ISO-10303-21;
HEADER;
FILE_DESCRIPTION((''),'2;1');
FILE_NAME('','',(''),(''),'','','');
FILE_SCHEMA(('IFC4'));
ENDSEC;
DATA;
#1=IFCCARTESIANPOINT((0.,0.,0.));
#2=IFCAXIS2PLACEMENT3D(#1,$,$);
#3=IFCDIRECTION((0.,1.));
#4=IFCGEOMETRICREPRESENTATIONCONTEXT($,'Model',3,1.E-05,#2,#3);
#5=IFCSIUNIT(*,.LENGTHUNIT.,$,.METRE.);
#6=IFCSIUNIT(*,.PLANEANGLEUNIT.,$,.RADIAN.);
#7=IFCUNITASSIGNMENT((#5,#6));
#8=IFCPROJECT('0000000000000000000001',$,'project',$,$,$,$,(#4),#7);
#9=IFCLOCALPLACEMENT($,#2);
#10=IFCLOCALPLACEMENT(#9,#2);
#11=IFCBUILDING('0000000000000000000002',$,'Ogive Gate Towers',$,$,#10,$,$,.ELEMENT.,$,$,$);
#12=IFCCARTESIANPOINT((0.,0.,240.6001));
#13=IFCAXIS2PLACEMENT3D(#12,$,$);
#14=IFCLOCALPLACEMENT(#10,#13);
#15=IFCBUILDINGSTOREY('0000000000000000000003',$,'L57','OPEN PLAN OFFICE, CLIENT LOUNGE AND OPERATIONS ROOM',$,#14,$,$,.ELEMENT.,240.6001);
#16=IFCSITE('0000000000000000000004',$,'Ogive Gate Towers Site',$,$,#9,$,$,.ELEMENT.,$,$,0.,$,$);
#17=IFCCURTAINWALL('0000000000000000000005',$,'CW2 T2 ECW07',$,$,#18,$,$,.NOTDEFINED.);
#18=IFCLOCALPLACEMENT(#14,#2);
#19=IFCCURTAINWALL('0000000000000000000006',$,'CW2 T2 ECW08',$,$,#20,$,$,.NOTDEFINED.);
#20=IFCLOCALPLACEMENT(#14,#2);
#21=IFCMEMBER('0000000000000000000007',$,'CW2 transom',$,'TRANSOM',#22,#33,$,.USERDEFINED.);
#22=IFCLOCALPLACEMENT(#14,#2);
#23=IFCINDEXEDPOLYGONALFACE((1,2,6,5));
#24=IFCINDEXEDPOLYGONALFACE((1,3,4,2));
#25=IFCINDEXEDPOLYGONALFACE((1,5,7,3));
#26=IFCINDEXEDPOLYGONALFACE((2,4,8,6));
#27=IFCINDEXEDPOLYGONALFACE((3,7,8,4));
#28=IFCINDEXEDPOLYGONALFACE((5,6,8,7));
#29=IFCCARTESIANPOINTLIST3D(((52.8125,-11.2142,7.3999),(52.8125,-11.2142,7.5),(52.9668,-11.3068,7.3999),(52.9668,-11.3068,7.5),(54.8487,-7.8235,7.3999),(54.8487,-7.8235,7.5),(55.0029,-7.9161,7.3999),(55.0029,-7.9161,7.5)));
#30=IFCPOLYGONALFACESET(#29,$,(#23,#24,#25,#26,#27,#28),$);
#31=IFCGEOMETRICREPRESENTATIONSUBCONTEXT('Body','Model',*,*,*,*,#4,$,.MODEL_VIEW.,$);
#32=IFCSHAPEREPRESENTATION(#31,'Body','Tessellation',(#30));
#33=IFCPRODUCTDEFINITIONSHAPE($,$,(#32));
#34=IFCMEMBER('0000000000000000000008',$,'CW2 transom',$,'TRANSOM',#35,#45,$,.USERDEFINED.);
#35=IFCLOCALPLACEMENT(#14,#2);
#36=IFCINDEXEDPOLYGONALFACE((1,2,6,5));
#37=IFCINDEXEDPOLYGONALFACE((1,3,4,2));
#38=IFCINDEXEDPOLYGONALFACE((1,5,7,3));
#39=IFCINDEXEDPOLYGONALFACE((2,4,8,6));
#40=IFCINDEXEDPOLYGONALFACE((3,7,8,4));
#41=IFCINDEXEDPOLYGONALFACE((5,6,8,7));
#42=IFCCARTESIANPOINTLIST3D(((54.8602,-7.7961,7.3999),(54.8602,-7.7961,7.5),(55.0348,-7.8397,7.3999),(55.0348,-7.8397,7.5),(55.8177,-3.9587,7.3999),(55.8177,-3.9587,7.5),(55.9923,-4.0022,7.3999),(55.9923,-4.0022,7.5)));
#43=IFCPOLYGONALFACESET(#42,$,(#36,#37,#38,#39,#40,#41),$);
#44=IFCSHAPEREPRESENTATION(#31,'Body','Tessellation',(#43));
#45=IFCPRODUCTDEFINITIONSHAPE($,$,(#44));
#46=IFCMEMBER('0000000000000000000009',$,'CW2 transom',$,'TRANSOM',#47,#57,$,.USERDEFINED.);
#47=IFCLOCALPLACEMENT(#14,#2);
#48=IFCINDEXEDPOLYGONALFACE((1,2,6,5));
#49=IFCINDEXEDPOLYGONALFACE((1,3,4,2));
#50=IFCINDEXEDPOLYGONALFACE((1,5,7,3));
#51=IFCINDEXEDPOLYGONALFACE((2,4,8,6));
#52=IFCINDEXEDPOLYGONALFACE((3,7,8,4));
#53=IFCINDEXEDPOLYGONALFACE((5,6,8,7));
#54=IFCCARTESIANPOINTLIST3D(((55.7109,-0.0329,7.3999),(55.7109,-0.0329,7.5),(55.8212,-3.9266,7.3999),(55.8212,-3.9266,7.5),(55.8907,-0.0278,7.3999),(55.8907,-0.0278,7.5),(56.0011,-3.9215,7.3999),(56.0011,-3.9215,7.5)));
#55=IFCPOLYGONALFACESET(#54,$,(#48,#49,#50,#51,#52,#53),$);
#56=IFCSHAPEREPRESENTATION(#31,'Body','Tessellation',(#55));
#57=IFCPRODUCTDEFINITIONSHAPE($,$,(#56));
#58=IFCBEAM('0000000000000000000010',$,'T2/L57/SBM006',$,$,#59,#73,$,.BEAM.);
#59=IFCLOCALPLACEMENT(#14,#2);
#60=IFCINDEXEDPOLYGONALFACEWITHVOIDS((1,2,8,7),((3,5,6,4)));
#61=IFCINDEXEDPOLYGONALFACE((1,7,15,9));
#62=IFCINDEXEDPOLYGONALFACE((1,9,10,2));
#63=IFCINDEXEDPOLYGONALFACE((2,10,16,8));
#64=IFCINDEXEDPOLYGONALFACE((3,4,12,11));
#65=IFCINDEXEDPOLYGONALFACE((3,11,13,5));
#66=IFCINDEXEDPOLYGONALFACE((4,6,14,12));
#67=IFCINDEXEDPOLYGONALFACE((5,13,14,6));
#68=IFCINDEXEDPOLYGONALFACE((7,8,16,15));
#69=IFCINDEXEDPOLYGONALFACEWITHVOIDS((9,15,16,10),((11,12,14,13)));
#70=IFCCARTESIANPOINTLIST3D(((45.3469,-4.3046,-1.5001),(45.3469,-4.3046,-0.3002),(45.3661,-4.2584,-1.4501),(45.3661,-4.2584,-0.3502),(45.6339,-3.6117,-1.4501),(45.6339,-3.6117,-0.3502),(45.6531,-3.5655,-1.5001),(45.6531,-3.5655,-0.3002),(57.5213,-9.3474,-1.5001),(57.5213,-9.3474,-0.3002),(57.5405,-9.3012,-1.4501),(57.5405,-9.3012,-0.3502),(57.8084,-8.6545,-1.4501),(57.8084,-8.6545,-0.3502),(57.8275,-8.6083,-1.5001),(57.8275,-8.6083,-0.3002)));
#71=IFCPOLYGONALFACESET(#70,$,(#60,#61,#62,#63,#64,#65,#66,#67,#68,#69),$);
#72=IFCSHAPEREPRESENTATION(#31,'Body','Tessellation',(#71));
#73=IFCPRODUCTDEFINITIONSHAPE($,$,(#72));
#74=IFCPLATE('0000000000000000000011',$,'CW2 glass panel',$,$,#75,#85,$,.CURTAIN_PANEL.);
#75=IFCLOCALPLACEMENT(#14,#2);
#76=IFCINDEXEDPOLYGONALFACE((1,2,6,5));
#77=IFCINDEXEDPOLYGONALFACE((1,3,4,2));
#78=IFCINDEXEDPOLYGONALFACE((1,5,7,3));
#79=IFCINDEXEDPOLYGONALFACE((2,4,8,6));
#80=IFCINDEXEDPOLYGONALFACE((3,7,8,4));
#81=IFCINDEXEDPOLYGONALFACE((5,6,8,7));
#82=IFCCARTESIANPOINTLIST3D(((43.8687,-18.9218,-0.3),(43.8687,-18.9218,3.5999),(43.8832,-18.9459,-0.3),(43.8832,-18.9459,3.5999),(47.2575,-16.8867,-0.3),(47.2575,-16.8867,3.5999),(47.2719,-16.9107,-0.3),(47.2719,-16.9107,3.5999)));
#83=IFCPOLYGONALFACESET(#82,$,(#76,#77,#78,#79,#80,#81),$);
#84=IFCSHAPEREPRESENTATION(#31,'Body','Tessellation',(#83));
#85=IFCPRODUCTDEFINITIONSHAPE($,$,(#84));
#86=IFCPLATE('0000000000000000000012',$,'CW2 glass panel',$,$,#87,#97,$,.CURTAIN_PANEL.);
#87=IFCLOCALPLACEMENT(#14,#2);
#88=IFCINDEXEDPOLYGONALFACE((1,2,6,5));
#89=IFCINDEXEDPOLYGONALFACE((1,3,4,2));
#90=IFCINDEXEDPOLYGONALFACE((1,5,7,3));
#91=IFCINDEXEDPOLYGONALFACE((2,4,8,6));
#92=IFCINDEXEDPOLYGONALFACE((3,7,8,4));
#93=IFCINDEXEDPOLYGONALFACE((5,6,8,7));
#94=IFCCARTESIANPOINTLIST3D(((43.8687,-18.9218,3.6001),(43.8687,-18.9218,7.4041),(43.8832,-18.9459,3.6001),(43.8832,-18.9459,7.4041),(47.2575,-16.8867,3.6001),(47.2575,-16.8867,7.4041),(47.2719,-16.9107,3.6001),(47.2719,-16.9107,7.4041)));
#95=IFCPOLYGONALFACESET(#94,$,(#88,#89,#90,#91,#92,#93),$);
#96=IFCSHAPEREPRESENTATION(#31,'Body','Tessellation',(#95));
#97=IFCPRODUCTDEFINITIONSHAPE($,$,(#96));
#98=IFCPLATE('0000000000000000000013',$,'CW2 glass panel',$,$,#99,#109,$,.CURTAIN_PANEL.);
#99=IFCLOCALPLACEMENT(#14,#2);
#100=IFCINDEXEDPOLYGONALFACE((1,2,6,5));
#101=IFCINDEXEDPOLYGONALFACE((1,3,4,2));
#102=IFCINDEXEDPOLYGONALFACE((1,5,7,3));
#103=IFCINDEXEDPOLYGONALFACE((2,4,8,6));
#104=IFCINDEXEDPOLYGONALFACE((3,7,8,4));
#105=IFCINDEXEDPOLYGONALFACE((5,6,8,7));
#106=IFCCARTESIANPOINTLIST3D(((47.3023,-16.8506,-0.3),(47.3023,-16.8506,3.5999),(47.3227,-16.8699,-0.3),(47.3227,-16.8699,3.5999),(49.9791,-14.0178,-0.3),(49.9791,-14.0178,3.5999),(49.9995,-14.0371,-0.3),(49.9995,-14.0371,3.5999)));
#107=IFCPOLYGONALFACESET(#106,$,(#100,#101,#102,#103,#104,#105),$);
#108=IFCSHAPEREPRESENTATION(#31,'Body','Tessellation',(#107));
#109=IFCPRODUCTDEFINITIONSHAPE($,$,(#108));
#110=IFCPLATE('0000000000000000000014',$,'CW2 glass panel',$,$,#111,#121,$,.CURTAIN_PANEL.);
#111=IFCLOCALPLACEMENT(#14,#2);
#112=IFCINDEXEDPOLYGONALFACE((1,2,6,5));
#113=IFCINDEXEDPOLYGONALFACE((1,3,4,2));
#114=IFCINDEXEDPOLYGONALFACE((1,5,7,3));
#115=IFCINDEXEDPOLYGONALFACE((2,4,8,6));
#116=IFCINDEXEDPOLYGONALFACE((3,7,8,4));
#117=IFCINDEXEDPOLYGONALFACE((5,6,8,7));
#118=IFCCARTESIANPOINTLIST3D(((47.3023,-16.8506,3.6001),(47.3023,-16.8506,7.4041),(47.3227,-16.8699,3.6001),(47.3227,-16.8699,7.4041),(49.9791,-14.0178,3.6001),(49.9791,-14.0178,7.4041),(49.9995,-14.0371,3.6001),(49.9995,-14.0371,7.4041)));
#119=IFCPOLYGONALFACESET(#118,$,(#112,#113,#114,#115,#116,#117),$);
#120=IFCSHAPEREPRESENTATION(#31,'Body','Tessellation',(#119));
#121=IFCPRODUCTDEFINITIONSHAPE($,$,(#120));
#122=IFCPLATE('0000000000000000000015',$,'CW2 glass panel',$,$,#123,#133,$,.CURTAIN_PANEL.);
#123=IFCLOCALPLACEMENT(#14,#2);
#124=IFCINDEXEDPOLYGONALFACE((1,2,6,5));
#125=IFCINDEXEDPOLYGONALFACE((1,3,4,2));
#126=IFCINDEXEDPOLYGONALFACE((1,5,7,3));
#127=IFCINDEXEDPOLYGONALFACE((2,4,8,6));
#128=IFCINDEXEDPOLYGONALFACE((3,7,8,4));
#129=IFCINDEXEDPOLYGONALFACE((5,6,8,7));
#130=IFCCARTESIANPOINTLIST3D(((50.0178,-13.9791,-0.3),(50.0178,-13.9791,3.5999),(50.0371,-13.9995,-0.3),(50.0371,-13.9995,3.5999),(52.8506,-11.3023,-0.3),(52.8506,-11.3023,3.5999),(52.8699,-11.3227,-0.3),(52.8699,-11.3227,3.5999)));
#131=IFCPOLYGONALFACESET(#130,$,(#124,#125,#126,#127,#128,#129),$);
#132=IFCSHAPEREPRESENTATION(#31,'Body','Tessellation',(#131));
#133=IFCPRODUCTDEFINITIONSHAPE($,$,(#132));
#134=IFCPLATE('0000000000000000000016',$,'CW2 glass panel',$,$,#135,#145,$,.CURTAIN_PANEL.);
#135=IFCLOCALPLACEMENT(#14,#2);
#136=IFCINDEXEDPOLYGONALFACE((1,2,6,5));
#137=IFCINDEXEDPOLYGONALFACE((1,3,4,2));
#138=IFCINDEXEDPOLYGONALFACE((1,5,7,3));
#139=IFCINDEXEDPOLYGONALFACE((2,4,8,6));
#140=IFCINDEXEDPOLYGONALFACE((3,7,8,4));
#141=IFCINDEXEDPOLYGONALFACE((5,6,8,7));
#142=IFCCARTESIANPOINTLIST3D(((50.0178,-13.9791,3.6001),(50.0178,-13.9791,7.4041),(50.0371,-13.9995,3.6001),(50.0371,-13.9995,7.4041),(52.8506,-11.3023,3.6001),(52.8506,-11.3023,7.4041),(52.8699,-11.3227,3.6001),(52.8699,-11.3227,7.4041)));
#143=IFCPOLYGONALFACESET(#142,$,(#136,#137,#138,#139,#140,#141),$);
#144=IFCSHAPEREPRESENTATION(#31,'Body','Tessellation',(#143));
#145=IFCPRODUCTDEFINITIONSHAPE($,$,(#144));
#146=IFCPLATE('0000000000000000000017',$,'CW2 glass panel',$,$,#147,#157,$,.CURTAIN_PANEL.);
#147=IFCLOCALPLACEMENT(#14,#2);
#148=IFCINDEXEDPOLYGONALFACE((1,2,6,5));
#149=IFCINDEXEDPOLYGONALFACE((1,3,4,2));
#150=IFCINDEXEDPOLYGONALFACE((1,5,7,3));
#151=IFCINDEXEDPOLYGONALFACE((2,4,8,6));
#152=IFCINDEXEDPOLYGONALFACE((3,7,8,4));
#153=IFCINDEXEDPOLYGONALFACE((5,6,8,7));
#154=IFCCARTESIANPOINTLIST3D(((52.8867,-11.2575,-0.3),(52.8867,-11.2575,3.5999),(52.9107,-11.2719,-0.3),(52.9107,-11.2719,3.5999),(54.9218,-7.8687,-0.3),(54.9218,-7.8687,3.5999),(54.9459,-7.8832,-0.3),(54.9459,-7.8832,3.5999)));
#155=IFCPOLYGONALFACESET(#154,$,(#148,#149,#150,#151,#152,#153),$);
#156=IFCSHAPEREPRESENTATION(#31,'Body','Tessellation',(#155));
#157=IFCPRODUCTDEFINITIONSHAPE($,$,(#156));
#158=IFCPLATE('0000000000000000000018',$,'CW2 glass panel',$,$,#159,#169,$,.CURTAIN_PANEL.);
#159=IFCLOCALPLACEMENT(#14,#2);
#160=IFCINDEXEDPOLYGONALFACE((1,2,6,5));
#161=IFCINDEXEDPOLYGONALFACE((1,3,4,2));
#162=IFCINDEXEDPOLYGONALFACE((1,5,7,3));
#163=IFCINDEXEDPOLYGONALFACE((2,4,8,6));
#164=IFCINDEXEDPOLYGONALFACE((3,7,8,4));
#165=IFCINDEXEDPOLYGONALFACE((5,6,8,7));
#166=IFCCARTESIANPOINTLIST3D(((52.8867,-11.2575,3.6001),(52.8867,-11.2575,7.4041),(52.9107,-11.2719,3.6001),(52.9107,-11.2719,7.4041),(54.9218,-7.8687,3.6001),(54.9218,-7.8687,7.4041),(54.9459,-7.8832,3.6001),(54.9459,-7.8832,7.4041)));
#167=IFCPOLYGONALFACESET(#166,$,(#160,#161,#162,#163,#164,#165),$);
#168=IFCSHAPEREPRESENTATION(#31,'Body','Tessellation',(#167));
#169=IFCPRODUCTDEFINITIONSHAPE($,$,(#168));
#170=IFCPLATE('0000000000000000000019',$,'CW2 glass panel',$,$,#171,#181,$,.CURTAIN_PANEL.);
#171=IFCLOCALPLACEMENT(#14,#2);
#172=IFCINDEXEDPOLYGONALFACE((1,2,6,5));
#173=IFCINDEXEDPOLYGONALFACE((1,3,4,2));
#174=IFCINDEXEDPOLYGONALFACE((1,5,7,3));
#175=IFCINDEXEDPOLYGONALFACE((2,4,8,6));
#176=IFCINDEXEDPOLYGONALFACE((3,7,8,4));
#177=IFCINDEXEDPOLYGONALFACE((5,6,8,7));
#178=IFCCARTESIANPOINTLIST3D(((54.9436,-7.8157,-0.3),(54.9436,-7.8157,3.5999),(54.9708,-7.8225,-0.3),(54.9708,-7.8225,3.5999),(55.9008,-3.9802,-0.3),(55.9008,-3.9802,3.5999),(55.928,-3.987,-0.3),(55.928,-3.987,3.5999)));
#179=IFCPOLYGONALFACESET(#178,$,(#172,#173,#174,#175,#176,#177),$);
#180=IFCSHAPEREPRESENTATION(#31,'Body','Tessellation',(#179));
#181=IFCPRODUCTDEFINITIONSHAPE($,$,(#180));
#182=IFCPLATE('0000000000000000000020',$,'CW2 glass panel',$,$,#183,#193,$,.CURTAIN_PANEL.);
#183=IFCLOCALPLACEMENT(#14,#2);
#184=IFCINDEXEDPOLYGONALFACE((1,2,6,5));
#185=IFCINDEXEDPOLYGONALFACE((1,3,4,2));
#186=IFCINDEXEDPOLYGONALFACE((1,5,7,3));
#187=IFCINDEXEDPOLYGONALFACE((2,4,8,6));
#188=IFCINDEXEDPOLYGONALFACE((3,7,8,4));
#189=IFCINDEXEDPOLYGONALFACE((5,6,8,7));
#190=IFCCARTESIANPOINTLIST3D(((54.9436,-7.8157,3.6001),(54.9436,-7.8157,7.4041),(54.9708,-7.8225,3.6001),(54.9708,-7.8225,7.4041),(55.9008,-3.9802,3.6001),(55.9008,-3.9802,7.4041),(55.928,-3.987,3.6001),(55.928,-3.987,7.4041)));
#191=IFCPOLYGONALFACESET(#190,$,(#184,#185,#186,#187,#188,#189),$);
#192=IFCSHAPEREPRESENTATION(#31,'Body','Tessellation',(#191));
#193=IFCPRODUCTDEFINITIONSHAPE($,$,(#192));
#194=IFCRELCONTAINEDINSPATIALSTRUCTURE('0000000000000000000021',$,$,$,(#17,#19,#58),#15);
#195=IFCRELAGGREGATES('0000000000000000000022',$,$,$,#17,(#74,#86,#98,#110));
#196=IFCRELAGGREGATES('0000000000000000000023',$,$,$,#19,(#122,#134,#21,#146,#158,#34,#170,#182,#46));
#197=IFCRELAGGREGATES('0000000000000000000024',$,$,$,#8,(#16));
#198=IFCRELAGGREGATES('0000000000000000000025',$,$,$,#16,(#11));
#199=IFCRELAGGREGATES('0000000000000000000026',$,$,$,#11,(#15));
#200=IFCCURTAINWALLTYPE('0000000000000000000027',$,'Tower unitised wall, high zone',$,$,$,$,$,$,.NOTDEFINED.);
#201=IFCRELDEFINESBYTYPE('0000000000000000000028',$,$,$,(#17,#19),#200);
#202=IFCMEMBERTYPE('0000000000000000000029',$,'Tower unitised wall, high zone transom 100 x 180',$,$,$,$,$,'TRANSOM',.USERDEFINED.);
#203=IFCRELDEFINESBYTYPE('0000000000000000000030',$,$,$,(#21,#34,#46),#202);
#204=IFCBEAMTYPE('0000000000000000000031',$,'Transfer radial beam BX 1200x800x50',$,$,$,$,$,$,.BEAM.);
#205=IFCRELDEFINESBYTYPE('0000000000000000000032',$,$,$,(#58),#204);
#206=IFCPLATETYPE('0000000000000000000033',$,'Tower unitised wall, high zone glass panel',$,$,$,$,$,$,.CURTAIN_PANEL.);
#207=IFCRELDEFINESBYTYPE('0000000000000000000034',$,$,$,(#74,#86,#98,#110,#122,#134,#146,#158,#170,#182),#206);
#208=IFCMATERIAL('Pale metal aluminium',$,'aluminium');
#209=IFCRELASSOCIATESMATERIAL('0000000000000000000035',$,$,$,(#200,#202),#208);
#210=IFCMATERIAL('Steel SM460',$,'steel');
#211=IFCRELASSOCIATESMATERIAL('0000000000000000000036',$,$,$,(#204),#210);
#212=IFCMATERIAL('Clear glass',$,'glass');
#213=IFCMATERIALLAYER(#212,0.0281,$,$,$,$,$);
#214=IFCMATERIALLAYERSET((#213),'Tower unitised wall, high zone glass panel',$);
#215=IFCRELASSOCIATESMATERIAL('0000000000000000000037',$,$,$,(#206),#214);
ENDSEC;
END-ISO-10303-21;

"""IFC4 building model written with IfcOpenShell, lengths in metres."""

from ifc_helpers import new_model, si_unit, direction, frame, origin, origin_2d, place, context, subcontext, project, spatial, rectangle, hollow_rectangle, extrude, material, layer, layer_set, material_profile, profile_set, type_object, element, aggregate, save


model = new_model("IFC4")

# Units and contexts
model_context = context("Model", 3, precision=1e-05, world=origin(), true_north=direction((0.0, 1.0)))
body_context = subcontext(model_context, "Body", "Model", "MODEL_VIEW")
ifc_project = project(units=[si_unit("LENGTHUNIT", "METRE"), si_unit("PLANEANGLEUNIT", "RADIAN")], contexts=[model_context])

# Site, building, storey
site_placement = place(None, origin())
site = spatial("IfcSite", under=ifc_project, at=site_placement, Name="Ogive Gate Towers Site", CompositionType="ELEMENT", RefElevation=0.0)
building_placement = place(site_placement, origin())
building = spatial("IfcBuilding", under=site, at=building_placement, Name="Ogive Gate Towers", CompositionType="ELEMENT")
storey_placement = place(building_placement, frame((0.0, 0.0, 240.6001)))
storey = spatial("IfcBuildingStorey", under=building, at=storey_placement, Name="L57", Description="OPEN PLAN OFFICE, CLIENT LOUNGE AND OPERATIONS ROOM", CompositionType="ELEMENT", Elevation=240.6001)

# Shared definitions
ifc_material_1 = material(Name="Steel SM460", Category="steel")

# Curtain walls
ifc_material_2 = material(Name="Pale metal aluminium", Category="aluminium")
curtain_wall_type = type_object("IfcCurtainWallType", Name="Tower unitised wall, high zone", PredefinedType="NOTDEFINED", material=ifc_material_2)
curtain_wall_1_placement = place(storey_placement, origin())
curtain_wall_1 = element("IfcCurtainWall", 1, at=curtain_wall_1_placement, inside=storey, type_object=curtain_wall_type, Name="CW2 T2 ECW07", PredefinedType="NOTDEFINED")
curtain_wall_2_placement = place(storey_placement, origin())
curtain_wall_2 = element("IfcCurtainWall", 2, at=curtain_wall_2_placement, inside=storey, type_object=curtain_wall_type, Name="CW2 T2 ECW08", PredefinedType="NOTDEFINED")

# Members
ifc_material_profile_1 = material_profile(ifc_material_2, rectangle(XDim=0.1799, YDim=0.1001, at=origin_2d()), Name="100 x 180 aluminium box")
ifc_profile_set_1 = profile_set([ifc_material_profile_1], Name="Pale metal aluminium")
member_type_1 = type_object("IfcMemberType", Name="Tower unitised wall, high zone transom 100 x 180", ElementType="TRANSOM", PredefinedType="USERDEFINED", material=ifc_profile_set_1)
member_1_placement = place(storey_placement, frame((52.8896, -11.2605, 7.45), z_axis=(0.514823, 0.857297, 0.0), x_axis=(-0.857297, 0.514823, 0.0)))
member_1 = element("IfcMember", 3, at=member_1_placement, type_object=member_type_1, Name="CW2 transom", ObjectType="TRANSOM", PredefinedType="USERDEFINED", context=body_context, shape_type="SweptSolid", body=[
    extrude(rectangle(XDim=0.1799, YDim=0.1001, at=origin_2d()), origin(), (0.0, 0.0, 1.0), 3.9551),
])
member_2_placement = place(storey_placement, frame((54.9475, -7.8179, 7.45), z_axis=(0.2421, 0.970251, 0.0), x_axis=(-0.970251, 0.2421, 0.0)))
member_2 = element("IfcMember", 4, at=member_2_placement, type_object=member_type_1, Name="CW2 transom", ObjectType="TRANSOM", PredefinedType="USERDEFINED", context=body_context, shape_type="SweptSolid", body=[
    extrude(rectangle(XDim=0.1799, YDim=0.1001, at=origin_2d()), origin(), (0.0, 0.0, 1.0), 3.9551),
])
member_3_placement = place(storey_placement, frame((55.9111, -3.9241, 7.45), z_axis=(-0.028329, 0.999599, 0.0), x_axis=(-0.999599, -0.028329, 0.0)))
member_3 = element("IfcMember", 5, at=member_3_placement, type_object=member_type_1, Name="CW2 transom", ObjectType="TRANSOM", PredefinedType="USERDEFINED", context=body_context, shape_type="SweptSolid", body=[
    extrude(rectangle(XDim=0.1799, YDim=0.1001, at=origin_2d()), origin(), (0.0, 0.0, 1.0), 3.8953),
])

# Beam
ifc_material_profile_2 = material_profile(ifc_material_1, hollow_rectangle(XDim=0.8, YDim=1.2, WallThickness=0.05, at=origin_2d()), Name="BX 1200x800x50")
ifc_profile_set_2 = profile_set([ifc_material_profile_2], Name="Steel SM460")
beam_type_1 = type_object("IfcBeamType", Name="Transfer radial beam BX 1200x800x50", PredefinedType="BEAM", material=ifc_profile_set_2)
beam_1_placement = place(storey_placement, frame((45.5, -3.9351, -0.9001), z_axis=(0.923881, -0.382681, 0.0), x_axis=(0.382681, 0.923881, 0.0)))
element("IfcBeam", 6, at=beam_1_placement, inside=storey, type_object=beam_type_1, Name="T2/L57/SBM006", PredefinedType="BEAM", context=body_context, shape_type="SweptSolid", body=[
    extrude(hollow_rectangle(XDim=0.8, YDim=1.2, WallThickness=0.05, at=origin_2d()), origin(), (0.0, 0.0, 1.0), 13.1775),
])

# Plates
ifc_material_3 = material(Name="Clear glass", Category="glass")
ifc_layer_1 = layer(ifc_material_3, 0.0281)
ifc_layer_set_1 = layer_set([ifc_layer_1], Name="Tower unitised wall, high zone glass panel")
plate_type = type_object("IfcPlateType", Name="Tower unitised wall, high zone glass panel", PredefinedType="CURTAIN_PANEL", material=ifc_layer_set_1)
plate_1_placement = place(storey_placement, frame((45.5703, -17.9163, -0.3), z_axis=(0.0, 0.0, 1.0), x_axis=(0.857284, 0.514844, 0.0)))
plate_1 = element("IfcPlate", 7, at=plate_1_placement, type_object=plate_type, Name="CW2 glass panel", PredefinedType="CURTAIN_PANEL", context=body_context, shape_type="SweptSolid", body=[
    extrude(rectangle(XDim=3.9529, YDim=0.0281, at=origin_2d()), origin(), (0.0, 0.0, 1.0), 3.8999),
])
plate_2_placement = place(storey_placement, frame((45.5703, -17.9163, 3.6001), z_axis=(0.0, 0.0, 1.0), x_axis=(0.857284, 0.514844, 0.0)))
plate_2 = element("IfcPlate", 8, at=plate_2_placement, type_object=plate_type, Name="CW2 glass panel", PredefinedType="CURTAIN_PANEL", context=body_context, shape_type="SweptSolid", body=[
    extrude(rectangle(XDim=3.9529, YDim=0.0281, at=origin_2d()), origin(), (0.0, 0.0, 1.0), 3.804),
])
plate_3_placement = place(storey_placement, frame((48.6509, -15.4438, -0.3), z_axis=(0.0, 0.0, 1.0), x_axis=(0.686796, 0.72685, 0.0)))
plate_3 = element("IfcPlate", 9, at=plate_3_placement, type_object=plate_type, Name="CW2 glass panel", PredefinedType="CURTAIN_PANEL", context=body_context, shape_type="SweptSolid", body=[
    extrude(rectangle(XDim=3.8975, YDim=0.0281, at=origin_2d()), origin(), (0.0, 0.0, 1.0), 3.8999),
])
plate_4_placement = place(storey_placement, frame((48.6509, -15.4438, 3.6001), z_axis=(0.0, 0.0, 1.0), x_axis=(0.686796, 0.72685, 0.0)))
plate_4 = element("IfcPlate", 10, at=plate_4_placement, type_object=plate_type, Name="CW2 glass panel", PredefinedType="CURTAIN_PANEL", context=body_context, shape_type="SweptSolid", body=[
    extrude(rectangle(XDim=3.8975, YDim=0.0281, at=origin_2d()), origin(), (0.0, 0.0, 1.0), 3.804),
])
aggregate(curtain_wall_1, [plate_1, plate_2, plate_3, plate_4])
plate_5_placement = place(storey_placement, frame((51.4438, -12.6509, -0.3), z_axis=(0.0, 0.0, 1.0), x_axis=(0.72685, 0.686796, 0.0)))
plate_5 = element("IfcPlate", 11, at=plate_5_placement, type_object=plate_type, Name="CW2 glass panel", PredefinedType="CURTAIN_PANEL", context=body_context, shape_type="SweptSolid", body=[
    extrude(rectangle(XDim=3.8975, YDim=0.0281, at=origin_2d()), origin(), (0.0, 0.0, 1.0), 3.8999),
])
plate_6_placement = place(storey_placement, frame((51.4438, -12.6509, 3.6001), z_axis=(0.0, 0.0, 1.0), x_axis=(0.72685, 0.686796, 0.0)))
plate_6 = element("IfcPlate", 12, at=plate_6_placement, type_object=plate_type, Name="CW2 glass panel", PredefinedType="CURTAIN_PANEL", context=body_context, shape_type="SweptSolid", body=[
    extrude(rectangle(XDim=3.8975, YDim=0.0281, at=origin_2d()), origin(), (0.0, 0.0, 1.0), 3.804),
])
plate_7_placement = place(storey_placement, frame((53.9163, -9.5703, -0.3), z_axis=(0.0, 0.0, 1.0), x_axis=(0.514844, 0.857284, 0.0)))
plate_7 = element("IfcPlate", 13, at=plate_7_placement, type_object=plate_type, Name="CW2 glass panel", PredefinedType="CURTAIN_PANEL", context=body_context, shape_type="SweptSolid", body=[
    extrude(rectangle(XDim=3.9529, YDim=0.0281, at=origin_2d()), origin(), (0.0, 0.0, 1.0), 3.8999),
])
plate_8_placement = place(storey_placement, frame((53.9163, -9.5703, 3.6001), z_axis=(0.0, 0.0, 1.0), x_axis=(0.514844, 0.857284, 0.0)))
plate_8 = element("IfcPlate", 14, at=plate_8_placement, type_object=plate_type, Name="CW2 glass panel", PredefinedType="CURTAIN_PANEL", context=body_context, shape_type="SweptSolid", body=[
    extrude(rectangle(XDim=3.9529, YDim=0.0281, at=origin_2d()), origin(), (0.0, 0.0, 1.0), 3.804),
])
plate_9_placement = place(storey_placement, frame((55.4358, -5.9014, -0.3), z_axis=(0.0, 0.0, 1.0), x_axis=(0.242142, 0.970241, 0.0)))
plate_9 = element("IfcPlate", 15, at=plate_9_placement, type_object=plate_type, Name="CW2 glass panel", PredefinedType="CURTAIN_PANEL", context=body_context, shape_type="SweptSolid", body=[
    extrude(rectangle(XDim=3.9531, YDim=0.0281, at=origin_2d()), origin(), (0.0, 0.0, 1.0), 3.8999),
])
plate_10_placement = place(storey_placement, frame((55.4358, -5.9014, 3.6001), z_axis=(0.0, 0.0, 1.0), x_axis=(0.242142, 0.970241, 0.0)))
plate_10 = element("IfcPlate", 16, at=plate_10_placement, type_object=plate_type, Name="CW2 glass panel", PredefinedType="CURTAIN_PANEL", context=body_context, shape_type="SweptSolid", body=[
    extrude(rectangle(XDim=3.9531, YDim=0.0281, at=origin_2d()), origin(), (0.0, 0.0, 1.0), 3.804),
])
aggregate(curtain_wall_2, [plate_5, plate_6, member_1, plate_7, plate_8, member_2, plate_9, plate_10, member_3])

save(model, "model.ifc")
